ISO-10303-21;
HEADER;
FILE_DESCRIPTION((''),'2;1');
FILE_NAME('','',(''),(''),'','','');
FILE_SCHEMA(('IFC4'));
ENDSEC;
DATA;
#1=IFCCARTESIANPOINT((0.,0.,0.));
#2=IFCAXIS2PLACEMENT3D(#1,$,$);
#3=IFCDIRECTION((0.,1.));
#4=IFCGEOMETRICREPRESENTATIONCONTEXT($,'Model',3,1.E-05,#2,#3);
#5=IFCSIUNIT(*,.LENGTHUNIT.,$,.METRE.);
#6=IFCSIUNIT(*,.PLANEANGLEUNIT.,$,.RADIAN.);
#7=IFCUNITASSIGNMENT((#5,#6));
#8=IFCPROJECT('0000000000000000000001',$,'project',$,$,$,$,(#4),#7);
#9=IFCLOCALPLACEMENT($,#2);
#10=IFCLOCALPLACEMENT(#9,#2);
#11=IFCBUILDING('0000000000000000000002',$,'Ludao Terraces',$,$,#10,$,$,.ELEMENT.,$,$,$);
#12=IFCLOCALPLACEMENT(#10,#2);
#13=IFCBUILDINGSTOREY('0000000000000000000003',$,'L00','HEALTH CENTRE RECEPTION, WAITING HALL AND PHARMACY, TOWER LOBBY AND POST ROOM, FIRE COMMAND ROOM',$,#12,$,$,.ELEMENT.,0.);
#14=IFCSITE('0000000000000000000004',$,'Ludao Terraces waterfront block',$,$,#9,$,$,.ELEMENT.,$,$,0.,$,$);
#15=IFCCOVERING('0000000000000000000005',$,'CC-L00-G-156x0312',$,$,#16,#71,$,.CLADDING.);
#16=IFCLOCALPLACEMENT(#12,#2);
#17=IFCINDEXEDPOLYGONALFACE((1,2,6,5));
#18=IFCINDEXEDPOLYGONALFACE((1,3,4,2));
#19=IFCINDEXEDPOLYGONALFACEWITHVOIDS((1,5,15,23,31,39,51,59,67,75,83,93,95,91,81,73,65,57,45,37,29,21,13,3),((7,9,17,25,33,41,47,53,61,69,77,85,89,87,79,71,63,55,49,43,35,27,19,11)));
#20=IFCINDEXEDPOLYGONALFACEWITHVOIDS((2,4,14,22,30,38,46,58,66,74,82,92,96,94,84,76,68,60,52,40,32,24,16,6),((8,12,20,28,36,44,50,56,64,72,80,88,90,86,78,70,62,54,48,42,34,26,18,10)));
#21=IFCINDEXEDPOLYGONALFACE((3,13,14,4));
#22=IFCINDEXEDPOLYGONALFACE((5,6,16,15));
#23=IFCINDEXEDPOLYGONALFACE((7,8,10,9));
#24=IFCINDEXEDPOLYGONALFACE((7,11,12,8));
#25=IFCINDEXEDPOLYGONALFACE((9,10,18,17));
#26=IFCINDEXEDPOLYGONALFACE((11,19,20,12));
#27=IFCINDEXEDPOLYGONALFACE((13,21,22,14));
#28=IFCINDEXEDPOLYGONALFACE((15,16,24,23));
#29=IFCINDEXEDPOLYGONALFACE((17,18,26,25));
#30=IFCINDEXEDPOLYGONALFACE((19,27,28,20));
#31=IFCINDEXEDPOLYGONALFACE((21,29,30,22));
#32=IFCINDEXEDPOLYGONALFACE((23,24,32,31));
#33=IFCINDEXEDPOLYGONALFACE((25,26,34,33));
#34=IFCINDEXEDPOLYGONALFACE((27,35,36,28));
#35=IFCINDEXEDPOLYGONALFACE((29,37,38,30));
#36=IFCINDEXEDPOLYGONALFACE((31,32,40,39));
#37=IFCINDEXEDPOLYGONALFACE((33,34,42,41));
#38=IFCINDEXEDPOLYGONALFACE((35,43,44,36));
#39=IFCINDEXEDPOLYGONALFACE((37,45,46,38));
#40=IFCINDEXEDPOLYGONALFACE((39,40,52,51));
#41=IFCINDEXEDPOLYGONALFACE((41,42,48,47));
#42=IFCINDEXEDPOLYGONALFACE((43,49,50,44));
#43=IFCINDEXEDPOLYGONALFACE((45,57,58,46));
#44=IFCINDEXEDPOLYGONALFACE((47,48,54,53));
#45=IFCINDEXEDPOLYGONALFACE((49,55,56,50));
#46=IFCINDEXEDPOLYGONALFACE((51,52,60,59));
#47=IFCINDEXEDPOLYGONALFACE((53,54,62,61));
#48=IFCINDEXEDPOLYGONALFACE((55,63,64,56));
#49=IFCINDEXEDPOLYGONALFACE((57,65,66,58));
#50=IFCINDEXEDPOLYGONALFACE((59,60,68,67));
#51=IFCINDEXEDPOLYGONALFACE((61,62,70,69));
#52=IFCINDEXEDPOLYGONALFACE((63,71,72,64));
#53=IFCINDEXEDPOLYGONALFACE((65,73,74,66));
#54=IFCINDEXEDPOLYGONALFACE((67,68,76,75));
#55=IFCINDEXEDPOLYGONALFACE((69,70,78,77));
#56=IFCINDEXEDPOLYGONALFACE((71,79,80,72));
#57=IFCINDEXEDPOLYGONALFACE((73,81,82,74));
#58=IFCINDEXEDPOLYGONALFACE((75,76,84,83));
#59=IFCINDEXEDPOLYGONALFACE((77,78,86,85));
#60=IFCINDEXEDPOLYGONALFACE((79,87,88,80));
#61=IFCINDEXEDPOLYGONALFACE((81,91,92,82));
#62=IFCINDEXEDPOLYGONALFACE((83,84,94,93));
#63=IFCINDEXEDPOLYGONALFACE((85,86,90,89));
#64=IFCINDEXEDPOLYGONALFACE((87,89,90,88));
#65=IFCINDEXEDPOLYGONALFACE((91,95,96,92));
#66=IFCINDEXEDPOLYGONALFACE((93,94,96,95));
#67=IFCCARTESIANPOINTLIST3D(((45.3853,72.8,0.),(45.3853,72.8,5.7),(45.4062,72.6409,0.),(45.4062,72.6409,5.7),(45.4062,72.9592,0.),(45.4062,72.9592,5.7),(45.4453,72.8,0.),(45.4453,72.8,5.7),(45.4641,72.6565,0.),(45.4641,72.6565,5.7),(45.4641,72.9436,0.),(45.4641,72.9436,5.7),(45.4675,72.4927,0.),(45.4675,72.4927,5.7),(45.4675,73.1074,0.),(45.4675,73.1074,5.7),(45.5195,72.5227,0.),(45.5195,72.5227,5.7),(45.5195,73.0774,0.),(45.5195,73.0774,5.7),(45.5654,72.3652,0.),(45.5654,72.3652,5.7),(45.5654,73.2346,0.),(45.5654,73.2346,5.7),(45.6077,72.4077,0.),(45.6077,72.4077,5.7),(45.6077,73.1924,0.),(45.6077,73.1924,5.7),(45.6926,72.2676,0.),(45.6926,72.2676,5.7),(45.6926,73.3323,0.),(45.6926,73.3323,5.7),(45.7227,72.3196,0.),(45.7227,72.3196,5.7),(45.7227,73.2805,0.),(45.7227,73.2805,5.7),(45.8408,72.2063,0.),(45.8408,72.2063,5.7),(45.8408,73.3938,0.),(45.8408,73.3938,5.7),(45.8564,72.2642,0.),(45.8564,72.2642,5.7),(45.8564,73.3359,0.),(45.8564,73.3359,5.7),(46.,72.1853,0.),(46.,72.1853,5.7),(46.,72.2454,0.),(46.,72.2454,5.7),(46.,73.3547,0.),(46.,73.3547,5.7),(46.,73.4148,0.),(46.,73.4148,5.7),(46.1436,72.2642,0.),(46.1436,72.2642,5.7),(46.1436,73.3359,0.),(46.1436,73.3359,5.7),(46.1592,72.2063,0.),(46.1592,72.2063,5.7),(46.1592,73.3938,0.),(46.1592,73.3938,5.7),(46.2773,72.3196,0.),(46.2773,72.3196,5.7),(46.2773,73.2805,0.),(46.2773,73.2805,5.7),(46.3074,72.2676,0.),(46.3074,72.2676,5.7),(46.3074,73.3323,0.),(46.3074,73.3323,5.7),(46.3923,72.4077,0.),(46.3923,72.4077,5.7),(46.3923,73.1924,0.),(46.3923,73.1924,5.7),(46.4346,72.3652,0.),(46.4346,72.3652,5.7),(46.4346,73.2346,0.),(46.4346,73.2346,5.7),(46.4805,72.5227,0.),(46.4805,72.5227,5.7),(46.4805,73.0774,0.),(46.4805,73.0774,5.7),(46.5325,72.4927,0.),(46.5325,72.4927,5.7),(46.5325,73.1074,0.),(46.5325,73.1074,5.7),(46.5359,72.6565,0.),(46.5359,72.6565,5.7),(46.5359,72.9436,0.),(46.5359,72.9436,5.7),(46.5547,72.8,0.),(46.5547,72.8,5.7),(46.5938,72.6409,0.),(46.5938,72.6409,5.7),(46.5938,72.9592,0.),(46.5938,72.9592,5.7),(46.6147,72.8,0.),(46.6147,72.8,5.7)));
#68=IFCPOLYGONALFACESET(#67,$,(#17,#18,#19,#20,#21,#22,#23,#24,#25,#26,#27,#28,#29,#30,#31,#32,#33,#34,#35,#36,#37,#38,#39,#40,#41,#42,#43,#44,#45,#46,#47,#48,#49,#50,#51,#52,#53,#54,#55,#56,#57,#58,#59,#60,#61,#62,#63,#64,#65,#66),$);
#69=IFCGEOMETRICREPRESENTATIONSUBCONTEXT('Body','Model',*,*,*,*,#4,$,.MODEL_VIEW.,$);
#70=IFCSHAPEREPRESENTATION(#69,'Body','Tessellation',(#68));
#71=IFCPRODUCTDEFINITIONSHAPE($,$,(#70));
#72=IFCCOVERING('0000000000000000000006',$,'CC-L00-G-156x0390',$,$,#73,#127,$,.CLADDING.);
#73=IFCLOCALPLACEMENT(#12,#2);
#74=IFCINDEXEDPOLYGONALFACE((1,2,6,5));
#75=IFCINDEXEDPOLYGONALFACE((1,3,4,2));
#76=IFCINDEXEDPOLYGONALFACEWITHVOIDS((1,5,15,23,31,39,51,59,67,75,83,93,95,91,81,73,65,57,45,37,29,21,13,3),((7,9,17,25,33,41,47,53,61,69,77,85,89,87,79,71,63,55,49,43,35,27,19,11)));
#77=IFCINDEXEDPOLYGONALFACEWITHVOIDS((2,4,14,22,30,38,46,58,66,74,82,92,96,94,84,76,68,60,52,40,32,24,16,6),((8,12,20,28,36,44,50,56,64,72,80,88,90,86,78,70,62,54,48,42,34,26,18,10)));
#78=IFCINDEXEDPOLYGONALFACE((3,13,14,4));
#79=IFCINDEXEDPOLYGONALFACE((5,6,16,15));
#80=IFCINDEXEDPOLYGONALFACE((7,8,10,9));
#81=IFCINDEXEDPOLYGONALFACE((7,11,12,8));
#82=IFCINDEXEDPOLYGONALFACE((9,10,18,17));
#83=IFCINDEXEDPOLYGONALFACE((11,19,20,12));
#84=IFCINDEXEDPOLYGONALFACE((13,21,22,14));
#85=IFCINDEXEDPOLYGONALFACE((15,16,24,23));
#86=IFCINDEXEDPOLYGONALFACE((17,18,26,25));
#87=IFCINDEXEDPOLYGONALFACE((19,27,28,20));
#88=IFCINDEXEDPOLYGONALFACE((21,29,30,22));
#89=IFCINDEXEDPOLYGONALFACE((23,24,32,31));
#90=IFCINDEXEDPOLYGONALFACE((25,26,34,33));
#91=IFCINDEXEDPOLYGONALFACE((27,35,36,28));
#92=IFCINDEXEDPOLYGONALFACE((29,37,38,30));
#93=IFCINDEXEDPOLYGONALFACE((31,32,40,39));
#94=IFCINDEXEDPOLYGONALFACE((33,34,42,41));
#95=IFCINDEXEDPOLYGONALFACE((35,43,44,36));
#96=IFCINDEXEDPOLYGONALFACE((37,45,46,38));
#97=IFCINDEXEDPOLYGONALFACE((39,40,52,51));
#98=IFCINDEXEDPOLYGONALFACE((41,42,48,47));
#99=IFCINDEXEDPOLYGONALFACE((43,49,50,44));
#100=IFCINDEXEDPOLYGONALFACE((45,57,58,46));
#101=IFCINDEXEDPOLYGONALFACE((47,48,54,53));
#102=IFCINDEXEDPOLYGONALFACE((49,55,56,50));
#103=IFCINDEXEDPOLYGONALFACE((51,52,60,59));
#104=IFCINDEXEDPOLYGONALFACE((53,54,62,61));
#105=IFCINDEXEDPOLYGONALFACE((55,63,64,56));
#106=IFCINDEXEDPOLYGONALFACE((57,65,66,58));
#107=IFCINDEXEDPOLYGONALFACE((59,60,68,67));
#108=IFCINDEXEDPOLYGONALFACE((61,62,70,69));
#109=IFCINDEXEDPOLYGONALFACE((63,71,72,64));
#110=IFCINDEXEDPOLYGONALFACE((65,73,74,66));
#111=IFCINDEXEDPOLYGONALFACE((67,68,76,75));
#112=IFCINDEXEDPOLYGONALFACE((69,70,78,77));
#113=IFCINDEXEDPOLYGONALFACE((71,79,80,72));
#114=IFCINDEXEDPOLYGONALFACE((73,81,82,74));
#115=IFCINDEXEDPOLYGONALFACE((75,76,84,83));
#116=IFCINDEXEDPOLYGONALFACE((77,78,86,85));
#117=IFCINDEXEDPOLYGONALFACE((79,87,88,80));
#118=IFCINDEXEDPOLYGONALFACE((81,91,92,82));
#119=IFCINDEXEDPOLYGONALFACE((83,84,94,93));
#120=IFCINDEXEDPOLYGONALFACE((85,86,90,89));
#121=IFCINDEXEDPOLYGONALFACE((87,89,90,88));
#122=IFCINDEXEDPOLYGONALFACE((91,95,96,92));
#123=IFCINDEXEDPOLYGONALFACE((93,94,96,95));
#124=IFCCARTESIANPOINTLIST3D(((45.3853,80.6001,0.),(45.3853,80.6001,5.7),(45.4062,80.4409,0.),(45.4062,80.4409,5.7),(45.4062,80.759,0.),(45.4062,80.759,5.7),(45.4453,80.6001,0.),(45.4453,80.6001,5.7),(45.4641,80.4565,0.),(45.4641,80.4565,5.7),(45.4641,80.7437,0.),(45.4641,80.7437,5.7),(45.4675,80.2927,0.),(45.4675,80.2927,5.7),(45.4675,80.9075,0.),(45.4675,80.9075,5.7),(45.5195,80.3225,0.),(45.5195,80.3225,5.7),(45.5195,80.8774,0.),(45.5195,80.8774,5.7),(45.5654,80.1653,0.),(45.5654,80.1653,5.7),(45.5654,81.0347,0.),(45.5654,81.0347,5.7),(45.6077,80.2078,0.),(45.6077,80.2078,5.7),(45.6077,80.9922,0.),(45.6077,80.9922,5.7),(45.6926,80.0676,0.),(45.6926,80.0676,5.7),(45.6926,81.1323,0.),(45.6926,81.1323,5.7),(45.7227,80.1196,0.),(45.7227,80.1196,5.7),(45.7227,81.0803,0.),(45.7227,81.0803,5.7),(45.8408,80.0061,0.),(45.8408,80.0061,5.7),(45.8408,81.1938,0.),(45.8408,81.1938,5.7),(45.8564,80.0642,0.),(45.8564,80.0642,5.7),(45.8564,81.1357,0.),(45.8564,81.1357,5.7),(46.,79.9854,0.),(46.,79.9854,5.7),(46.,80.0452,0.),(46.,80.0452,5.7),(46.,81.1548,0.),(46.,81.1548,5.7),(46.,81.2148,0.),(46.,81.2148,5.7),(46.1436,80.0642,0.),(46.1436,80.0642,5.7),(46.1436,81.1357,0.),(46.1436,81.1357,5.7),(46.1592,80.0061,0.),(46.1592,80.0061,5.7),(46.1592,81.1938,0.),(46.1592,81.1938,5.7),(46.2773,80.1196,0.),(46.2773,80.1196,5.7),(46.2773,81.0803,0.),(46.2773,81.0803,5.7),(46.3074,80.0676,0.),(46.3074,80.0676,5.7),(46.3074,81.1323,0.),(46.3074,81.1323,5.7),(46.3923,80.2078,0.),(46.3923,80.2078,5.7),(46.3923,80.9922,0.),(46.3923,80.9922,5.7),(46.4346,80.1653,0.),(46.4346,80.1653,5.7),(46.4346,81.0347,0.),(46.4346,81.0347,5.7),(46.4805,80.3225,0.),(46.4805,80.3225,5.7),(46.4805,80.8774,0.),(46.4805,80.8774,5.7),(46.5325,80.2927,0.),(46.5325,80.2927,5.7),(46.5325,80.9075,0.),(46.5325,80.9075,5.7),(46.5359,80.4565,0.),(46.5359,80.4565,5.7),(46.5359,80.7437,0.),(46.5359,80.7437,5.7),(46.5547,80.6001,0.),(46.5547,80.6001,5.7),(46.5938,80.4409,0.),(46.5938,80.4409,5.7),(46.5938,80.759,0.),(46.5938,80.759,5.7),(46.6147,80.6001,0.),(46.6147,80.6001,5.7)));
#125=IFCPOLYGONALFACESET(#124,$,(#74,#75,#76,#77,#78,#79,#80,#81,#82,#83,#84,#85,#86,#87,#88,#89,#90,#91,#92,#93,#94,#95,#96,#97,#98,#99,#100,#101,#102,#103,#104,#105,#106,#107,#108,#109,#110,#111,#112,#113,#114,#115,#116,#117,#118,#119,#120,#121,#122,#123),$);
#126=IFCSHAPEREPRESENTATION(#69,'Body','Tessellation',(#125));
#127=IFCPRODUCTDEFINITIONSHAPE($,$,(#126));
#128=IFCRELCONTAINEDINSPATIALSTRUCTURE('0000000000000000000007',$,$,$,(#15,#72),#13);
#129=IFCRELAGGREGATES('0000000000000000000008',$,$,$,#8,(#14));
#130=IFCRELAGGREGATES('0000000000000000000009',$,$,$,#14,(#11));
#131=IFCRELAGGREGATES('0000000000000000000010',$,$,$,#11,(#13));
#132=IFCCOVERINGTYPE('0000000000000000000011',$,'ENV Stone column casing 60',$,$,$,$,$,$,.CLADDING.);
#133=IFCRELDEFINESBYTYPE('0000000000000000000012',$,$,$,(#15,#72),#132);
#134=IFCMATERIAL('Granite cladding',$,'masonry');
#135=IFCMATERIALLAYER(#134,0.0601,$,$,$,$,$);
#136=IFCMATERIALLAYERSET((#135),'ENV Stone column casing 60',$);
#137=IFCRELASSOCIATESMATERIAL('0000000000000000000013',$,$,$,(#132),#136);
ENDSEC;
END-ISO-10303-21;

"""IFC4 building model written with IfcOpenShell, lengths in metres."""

from ifc_helpers import new_model, si_unit, direction, origin, place, context, subcontext, project, spatial, polyline, outline, extrude, material, layer, layer_set, type_object, element, save


model = new_model("IFC4")

# Units and contexts
model_context = context("Model", 3, precision=1e-05, world=origin(), true_north=direction((0.0, 1.0)))
body_context = subcontext(model_context, "Body", "Model", "MODEL_VIEW")
ifc_project = project(units=[si_unit("LENGTHUNIT", "METRE"), si_unit("PLANEANGLEUNIT", "RADIAN")], contexts=[model_context])

# Site, building, storey
site_placement = place(None, origin())
site = spatial("IfcSite", under=ifc_project, at=site_placement, Name="Ludao Terraces waterfront block", CompositionType="ELEMENT", RefElevation=0.0)
building_placement = place(site_placement, origin())
building = spatial("IfcBuilding", under=site, at=building_placement, Name="Ludao Terraces", CompositionType="ELEMENT")
storey_placement = place(building_placement, origin())
storey = spatial("IfcBuildingStorey", under=building, at=storey_placement, Name="L00", Description="HEALTH CENTRE RECEPTION, WAITING HALL AND PHARMACY, TOWER LOBBY AND POST ROOM, FIRE COMMAND ROOM", CompositionType="ELEMENT", Elevation=0.0)

# Coverings
ifc_material_1 = material(Name="Granite cladding", Category="masonry")
ifc_layer_1 = layer(ifc_material_1, 0.0601)
ifc_layer_set_1 = layer_set([ifc_layer_1], Name="ENV Stone column casing 60")
covering_type_1 = type_object("IfcCoveringType", Name="ENV Stone column casing 60", PredefinedType="CLADDING", material=ifc_layer_set_1)
covering_1_placement = place(storey_placement, origin())
element("IfcCovering", 1, at=covering_1_placement, inside=storey, type_object=covering_type_1, Name="CC-L00-G-156x0312", PredefinedType="CLADDING", context=body_context, shape_type="SweptSolid", body=[
    extrude(outline(polyline([(46.6147, 72.8), (46.5938, 72.9592), (46.5325, 73.1074), (46.4346, 73.2346), (46.3074, 73.3323), (46.1592, 73.3938), (46.0, 73.4148), (45.8408, 73.3938), (45.6926, 73.3323), (45.5654, 73.2346), (45.4675, 73.1074), (45.4062, 72.9592), (45.3853, 72.8), (45.4062, 72.6409), (45.4675, 72.4927), (45.5654, 72.3652), (45.6926, 72.2676), (45.8408, 72.2063), (46.0, 72.1853), (46.1592, 72.2063), (46.3074, 72.2676), (46.4346, 72.3652), (46.5325, 72.4927), (46.5938, 72.6409), (46.6147, 72.8)]), holes=[polyline([(46.5359, 72.6565), (46.4805, 72.5227), (46.3923, 72.4077), (46.2773, 72.3196), (46.1436, 72.2642), (46.0, 72.2454), (45.8564, 72.2642), (45.7227, 72.3196), (45.6077, 72.4077), (45.5195, 72.5227), (45.4641, 72.6565), (45.4453, 72.8), (45.4641, 72.9436), (45.5195, 73.0774), (45.6077, 73.1924), (45.7227, 73.2805), (45.8564, 73.3359), (46.0, 73.3547), (46.1436, 73.3359), (46.2773, 73.2805), (46.3923, 73.1924), (46.4805, 73.0774), (46.5359, 72.9436), (46.5547, 72.8), (46.5359, 72.6565)])]), origin(), (0.0, 0.0, 1.0), 5.7),
])
covering_2_placement = place(storey_placement, origin())
element("IfcCovering", 2, at=covering_2_placement, inside=storey, type_object=covering_type_1, Name="CC-L00-G-156x0390", PredefinedType="CLADDING", context=body_context, shape_type="SweptSolid", body=[
    extrude(outline(polyline([(46.6147, 80.6001), (46.5938, 80.759), (46.5325, 80.9075), (46.4346, 81.0347), (46.3074, 81.1323), (46.1592, 81.1938), (46.0, 81.2148), (45.8408, 81.1938), (45.6926, 81.1323), (45.5654, 81.0347), (45.4675, 80.9075), (45.4062, 80.759), (45.3853, 80.6001), (45.4062, 80.4409), (45.4675, 80.2927), (45.5654, 80.1653), (45.6926, 80.0676), (45.8408, 80.0061), (46.0, 79.9854), (46.1592, 80.0061), (46.3074, 80.0676), (46.4346, 80.1653), (46.5325, 80.2927), (46.5938, 80.4409), (46.6147, 80.6001)]), holes=[polyline([(46.5359, 80.4565), (46.4805, 80.3225), (46.3923, 80.2078), (46.2773, 80.1196), (46.1436, 80.0642), (46.0, 80.0452), (45.8564, 80.0642), (45.7227, 80.1196), (45.6077, 80.2078), (45.5195, 80.3225), (45.4641, 80.4565), (45.4453, 80.6001), (45.4641, 80.7437), (45.5195, 80.8774), (45.6077, 80.9922), (45.7227, 81.0803), (45.8564, 81.1357), (46.0, 81.1548), (46.1436, 81.1357), (46.2773, 81.0803), (46.3923, 80.9922), (46.4805, 80.8774), (46.5359, 80.7437), (46.5547, 80.6001), (46.5359, 80.4565)])]), origin(), (0.0, 0.0, 1.0), 5.7),
])

save(model, "model.ifc")
